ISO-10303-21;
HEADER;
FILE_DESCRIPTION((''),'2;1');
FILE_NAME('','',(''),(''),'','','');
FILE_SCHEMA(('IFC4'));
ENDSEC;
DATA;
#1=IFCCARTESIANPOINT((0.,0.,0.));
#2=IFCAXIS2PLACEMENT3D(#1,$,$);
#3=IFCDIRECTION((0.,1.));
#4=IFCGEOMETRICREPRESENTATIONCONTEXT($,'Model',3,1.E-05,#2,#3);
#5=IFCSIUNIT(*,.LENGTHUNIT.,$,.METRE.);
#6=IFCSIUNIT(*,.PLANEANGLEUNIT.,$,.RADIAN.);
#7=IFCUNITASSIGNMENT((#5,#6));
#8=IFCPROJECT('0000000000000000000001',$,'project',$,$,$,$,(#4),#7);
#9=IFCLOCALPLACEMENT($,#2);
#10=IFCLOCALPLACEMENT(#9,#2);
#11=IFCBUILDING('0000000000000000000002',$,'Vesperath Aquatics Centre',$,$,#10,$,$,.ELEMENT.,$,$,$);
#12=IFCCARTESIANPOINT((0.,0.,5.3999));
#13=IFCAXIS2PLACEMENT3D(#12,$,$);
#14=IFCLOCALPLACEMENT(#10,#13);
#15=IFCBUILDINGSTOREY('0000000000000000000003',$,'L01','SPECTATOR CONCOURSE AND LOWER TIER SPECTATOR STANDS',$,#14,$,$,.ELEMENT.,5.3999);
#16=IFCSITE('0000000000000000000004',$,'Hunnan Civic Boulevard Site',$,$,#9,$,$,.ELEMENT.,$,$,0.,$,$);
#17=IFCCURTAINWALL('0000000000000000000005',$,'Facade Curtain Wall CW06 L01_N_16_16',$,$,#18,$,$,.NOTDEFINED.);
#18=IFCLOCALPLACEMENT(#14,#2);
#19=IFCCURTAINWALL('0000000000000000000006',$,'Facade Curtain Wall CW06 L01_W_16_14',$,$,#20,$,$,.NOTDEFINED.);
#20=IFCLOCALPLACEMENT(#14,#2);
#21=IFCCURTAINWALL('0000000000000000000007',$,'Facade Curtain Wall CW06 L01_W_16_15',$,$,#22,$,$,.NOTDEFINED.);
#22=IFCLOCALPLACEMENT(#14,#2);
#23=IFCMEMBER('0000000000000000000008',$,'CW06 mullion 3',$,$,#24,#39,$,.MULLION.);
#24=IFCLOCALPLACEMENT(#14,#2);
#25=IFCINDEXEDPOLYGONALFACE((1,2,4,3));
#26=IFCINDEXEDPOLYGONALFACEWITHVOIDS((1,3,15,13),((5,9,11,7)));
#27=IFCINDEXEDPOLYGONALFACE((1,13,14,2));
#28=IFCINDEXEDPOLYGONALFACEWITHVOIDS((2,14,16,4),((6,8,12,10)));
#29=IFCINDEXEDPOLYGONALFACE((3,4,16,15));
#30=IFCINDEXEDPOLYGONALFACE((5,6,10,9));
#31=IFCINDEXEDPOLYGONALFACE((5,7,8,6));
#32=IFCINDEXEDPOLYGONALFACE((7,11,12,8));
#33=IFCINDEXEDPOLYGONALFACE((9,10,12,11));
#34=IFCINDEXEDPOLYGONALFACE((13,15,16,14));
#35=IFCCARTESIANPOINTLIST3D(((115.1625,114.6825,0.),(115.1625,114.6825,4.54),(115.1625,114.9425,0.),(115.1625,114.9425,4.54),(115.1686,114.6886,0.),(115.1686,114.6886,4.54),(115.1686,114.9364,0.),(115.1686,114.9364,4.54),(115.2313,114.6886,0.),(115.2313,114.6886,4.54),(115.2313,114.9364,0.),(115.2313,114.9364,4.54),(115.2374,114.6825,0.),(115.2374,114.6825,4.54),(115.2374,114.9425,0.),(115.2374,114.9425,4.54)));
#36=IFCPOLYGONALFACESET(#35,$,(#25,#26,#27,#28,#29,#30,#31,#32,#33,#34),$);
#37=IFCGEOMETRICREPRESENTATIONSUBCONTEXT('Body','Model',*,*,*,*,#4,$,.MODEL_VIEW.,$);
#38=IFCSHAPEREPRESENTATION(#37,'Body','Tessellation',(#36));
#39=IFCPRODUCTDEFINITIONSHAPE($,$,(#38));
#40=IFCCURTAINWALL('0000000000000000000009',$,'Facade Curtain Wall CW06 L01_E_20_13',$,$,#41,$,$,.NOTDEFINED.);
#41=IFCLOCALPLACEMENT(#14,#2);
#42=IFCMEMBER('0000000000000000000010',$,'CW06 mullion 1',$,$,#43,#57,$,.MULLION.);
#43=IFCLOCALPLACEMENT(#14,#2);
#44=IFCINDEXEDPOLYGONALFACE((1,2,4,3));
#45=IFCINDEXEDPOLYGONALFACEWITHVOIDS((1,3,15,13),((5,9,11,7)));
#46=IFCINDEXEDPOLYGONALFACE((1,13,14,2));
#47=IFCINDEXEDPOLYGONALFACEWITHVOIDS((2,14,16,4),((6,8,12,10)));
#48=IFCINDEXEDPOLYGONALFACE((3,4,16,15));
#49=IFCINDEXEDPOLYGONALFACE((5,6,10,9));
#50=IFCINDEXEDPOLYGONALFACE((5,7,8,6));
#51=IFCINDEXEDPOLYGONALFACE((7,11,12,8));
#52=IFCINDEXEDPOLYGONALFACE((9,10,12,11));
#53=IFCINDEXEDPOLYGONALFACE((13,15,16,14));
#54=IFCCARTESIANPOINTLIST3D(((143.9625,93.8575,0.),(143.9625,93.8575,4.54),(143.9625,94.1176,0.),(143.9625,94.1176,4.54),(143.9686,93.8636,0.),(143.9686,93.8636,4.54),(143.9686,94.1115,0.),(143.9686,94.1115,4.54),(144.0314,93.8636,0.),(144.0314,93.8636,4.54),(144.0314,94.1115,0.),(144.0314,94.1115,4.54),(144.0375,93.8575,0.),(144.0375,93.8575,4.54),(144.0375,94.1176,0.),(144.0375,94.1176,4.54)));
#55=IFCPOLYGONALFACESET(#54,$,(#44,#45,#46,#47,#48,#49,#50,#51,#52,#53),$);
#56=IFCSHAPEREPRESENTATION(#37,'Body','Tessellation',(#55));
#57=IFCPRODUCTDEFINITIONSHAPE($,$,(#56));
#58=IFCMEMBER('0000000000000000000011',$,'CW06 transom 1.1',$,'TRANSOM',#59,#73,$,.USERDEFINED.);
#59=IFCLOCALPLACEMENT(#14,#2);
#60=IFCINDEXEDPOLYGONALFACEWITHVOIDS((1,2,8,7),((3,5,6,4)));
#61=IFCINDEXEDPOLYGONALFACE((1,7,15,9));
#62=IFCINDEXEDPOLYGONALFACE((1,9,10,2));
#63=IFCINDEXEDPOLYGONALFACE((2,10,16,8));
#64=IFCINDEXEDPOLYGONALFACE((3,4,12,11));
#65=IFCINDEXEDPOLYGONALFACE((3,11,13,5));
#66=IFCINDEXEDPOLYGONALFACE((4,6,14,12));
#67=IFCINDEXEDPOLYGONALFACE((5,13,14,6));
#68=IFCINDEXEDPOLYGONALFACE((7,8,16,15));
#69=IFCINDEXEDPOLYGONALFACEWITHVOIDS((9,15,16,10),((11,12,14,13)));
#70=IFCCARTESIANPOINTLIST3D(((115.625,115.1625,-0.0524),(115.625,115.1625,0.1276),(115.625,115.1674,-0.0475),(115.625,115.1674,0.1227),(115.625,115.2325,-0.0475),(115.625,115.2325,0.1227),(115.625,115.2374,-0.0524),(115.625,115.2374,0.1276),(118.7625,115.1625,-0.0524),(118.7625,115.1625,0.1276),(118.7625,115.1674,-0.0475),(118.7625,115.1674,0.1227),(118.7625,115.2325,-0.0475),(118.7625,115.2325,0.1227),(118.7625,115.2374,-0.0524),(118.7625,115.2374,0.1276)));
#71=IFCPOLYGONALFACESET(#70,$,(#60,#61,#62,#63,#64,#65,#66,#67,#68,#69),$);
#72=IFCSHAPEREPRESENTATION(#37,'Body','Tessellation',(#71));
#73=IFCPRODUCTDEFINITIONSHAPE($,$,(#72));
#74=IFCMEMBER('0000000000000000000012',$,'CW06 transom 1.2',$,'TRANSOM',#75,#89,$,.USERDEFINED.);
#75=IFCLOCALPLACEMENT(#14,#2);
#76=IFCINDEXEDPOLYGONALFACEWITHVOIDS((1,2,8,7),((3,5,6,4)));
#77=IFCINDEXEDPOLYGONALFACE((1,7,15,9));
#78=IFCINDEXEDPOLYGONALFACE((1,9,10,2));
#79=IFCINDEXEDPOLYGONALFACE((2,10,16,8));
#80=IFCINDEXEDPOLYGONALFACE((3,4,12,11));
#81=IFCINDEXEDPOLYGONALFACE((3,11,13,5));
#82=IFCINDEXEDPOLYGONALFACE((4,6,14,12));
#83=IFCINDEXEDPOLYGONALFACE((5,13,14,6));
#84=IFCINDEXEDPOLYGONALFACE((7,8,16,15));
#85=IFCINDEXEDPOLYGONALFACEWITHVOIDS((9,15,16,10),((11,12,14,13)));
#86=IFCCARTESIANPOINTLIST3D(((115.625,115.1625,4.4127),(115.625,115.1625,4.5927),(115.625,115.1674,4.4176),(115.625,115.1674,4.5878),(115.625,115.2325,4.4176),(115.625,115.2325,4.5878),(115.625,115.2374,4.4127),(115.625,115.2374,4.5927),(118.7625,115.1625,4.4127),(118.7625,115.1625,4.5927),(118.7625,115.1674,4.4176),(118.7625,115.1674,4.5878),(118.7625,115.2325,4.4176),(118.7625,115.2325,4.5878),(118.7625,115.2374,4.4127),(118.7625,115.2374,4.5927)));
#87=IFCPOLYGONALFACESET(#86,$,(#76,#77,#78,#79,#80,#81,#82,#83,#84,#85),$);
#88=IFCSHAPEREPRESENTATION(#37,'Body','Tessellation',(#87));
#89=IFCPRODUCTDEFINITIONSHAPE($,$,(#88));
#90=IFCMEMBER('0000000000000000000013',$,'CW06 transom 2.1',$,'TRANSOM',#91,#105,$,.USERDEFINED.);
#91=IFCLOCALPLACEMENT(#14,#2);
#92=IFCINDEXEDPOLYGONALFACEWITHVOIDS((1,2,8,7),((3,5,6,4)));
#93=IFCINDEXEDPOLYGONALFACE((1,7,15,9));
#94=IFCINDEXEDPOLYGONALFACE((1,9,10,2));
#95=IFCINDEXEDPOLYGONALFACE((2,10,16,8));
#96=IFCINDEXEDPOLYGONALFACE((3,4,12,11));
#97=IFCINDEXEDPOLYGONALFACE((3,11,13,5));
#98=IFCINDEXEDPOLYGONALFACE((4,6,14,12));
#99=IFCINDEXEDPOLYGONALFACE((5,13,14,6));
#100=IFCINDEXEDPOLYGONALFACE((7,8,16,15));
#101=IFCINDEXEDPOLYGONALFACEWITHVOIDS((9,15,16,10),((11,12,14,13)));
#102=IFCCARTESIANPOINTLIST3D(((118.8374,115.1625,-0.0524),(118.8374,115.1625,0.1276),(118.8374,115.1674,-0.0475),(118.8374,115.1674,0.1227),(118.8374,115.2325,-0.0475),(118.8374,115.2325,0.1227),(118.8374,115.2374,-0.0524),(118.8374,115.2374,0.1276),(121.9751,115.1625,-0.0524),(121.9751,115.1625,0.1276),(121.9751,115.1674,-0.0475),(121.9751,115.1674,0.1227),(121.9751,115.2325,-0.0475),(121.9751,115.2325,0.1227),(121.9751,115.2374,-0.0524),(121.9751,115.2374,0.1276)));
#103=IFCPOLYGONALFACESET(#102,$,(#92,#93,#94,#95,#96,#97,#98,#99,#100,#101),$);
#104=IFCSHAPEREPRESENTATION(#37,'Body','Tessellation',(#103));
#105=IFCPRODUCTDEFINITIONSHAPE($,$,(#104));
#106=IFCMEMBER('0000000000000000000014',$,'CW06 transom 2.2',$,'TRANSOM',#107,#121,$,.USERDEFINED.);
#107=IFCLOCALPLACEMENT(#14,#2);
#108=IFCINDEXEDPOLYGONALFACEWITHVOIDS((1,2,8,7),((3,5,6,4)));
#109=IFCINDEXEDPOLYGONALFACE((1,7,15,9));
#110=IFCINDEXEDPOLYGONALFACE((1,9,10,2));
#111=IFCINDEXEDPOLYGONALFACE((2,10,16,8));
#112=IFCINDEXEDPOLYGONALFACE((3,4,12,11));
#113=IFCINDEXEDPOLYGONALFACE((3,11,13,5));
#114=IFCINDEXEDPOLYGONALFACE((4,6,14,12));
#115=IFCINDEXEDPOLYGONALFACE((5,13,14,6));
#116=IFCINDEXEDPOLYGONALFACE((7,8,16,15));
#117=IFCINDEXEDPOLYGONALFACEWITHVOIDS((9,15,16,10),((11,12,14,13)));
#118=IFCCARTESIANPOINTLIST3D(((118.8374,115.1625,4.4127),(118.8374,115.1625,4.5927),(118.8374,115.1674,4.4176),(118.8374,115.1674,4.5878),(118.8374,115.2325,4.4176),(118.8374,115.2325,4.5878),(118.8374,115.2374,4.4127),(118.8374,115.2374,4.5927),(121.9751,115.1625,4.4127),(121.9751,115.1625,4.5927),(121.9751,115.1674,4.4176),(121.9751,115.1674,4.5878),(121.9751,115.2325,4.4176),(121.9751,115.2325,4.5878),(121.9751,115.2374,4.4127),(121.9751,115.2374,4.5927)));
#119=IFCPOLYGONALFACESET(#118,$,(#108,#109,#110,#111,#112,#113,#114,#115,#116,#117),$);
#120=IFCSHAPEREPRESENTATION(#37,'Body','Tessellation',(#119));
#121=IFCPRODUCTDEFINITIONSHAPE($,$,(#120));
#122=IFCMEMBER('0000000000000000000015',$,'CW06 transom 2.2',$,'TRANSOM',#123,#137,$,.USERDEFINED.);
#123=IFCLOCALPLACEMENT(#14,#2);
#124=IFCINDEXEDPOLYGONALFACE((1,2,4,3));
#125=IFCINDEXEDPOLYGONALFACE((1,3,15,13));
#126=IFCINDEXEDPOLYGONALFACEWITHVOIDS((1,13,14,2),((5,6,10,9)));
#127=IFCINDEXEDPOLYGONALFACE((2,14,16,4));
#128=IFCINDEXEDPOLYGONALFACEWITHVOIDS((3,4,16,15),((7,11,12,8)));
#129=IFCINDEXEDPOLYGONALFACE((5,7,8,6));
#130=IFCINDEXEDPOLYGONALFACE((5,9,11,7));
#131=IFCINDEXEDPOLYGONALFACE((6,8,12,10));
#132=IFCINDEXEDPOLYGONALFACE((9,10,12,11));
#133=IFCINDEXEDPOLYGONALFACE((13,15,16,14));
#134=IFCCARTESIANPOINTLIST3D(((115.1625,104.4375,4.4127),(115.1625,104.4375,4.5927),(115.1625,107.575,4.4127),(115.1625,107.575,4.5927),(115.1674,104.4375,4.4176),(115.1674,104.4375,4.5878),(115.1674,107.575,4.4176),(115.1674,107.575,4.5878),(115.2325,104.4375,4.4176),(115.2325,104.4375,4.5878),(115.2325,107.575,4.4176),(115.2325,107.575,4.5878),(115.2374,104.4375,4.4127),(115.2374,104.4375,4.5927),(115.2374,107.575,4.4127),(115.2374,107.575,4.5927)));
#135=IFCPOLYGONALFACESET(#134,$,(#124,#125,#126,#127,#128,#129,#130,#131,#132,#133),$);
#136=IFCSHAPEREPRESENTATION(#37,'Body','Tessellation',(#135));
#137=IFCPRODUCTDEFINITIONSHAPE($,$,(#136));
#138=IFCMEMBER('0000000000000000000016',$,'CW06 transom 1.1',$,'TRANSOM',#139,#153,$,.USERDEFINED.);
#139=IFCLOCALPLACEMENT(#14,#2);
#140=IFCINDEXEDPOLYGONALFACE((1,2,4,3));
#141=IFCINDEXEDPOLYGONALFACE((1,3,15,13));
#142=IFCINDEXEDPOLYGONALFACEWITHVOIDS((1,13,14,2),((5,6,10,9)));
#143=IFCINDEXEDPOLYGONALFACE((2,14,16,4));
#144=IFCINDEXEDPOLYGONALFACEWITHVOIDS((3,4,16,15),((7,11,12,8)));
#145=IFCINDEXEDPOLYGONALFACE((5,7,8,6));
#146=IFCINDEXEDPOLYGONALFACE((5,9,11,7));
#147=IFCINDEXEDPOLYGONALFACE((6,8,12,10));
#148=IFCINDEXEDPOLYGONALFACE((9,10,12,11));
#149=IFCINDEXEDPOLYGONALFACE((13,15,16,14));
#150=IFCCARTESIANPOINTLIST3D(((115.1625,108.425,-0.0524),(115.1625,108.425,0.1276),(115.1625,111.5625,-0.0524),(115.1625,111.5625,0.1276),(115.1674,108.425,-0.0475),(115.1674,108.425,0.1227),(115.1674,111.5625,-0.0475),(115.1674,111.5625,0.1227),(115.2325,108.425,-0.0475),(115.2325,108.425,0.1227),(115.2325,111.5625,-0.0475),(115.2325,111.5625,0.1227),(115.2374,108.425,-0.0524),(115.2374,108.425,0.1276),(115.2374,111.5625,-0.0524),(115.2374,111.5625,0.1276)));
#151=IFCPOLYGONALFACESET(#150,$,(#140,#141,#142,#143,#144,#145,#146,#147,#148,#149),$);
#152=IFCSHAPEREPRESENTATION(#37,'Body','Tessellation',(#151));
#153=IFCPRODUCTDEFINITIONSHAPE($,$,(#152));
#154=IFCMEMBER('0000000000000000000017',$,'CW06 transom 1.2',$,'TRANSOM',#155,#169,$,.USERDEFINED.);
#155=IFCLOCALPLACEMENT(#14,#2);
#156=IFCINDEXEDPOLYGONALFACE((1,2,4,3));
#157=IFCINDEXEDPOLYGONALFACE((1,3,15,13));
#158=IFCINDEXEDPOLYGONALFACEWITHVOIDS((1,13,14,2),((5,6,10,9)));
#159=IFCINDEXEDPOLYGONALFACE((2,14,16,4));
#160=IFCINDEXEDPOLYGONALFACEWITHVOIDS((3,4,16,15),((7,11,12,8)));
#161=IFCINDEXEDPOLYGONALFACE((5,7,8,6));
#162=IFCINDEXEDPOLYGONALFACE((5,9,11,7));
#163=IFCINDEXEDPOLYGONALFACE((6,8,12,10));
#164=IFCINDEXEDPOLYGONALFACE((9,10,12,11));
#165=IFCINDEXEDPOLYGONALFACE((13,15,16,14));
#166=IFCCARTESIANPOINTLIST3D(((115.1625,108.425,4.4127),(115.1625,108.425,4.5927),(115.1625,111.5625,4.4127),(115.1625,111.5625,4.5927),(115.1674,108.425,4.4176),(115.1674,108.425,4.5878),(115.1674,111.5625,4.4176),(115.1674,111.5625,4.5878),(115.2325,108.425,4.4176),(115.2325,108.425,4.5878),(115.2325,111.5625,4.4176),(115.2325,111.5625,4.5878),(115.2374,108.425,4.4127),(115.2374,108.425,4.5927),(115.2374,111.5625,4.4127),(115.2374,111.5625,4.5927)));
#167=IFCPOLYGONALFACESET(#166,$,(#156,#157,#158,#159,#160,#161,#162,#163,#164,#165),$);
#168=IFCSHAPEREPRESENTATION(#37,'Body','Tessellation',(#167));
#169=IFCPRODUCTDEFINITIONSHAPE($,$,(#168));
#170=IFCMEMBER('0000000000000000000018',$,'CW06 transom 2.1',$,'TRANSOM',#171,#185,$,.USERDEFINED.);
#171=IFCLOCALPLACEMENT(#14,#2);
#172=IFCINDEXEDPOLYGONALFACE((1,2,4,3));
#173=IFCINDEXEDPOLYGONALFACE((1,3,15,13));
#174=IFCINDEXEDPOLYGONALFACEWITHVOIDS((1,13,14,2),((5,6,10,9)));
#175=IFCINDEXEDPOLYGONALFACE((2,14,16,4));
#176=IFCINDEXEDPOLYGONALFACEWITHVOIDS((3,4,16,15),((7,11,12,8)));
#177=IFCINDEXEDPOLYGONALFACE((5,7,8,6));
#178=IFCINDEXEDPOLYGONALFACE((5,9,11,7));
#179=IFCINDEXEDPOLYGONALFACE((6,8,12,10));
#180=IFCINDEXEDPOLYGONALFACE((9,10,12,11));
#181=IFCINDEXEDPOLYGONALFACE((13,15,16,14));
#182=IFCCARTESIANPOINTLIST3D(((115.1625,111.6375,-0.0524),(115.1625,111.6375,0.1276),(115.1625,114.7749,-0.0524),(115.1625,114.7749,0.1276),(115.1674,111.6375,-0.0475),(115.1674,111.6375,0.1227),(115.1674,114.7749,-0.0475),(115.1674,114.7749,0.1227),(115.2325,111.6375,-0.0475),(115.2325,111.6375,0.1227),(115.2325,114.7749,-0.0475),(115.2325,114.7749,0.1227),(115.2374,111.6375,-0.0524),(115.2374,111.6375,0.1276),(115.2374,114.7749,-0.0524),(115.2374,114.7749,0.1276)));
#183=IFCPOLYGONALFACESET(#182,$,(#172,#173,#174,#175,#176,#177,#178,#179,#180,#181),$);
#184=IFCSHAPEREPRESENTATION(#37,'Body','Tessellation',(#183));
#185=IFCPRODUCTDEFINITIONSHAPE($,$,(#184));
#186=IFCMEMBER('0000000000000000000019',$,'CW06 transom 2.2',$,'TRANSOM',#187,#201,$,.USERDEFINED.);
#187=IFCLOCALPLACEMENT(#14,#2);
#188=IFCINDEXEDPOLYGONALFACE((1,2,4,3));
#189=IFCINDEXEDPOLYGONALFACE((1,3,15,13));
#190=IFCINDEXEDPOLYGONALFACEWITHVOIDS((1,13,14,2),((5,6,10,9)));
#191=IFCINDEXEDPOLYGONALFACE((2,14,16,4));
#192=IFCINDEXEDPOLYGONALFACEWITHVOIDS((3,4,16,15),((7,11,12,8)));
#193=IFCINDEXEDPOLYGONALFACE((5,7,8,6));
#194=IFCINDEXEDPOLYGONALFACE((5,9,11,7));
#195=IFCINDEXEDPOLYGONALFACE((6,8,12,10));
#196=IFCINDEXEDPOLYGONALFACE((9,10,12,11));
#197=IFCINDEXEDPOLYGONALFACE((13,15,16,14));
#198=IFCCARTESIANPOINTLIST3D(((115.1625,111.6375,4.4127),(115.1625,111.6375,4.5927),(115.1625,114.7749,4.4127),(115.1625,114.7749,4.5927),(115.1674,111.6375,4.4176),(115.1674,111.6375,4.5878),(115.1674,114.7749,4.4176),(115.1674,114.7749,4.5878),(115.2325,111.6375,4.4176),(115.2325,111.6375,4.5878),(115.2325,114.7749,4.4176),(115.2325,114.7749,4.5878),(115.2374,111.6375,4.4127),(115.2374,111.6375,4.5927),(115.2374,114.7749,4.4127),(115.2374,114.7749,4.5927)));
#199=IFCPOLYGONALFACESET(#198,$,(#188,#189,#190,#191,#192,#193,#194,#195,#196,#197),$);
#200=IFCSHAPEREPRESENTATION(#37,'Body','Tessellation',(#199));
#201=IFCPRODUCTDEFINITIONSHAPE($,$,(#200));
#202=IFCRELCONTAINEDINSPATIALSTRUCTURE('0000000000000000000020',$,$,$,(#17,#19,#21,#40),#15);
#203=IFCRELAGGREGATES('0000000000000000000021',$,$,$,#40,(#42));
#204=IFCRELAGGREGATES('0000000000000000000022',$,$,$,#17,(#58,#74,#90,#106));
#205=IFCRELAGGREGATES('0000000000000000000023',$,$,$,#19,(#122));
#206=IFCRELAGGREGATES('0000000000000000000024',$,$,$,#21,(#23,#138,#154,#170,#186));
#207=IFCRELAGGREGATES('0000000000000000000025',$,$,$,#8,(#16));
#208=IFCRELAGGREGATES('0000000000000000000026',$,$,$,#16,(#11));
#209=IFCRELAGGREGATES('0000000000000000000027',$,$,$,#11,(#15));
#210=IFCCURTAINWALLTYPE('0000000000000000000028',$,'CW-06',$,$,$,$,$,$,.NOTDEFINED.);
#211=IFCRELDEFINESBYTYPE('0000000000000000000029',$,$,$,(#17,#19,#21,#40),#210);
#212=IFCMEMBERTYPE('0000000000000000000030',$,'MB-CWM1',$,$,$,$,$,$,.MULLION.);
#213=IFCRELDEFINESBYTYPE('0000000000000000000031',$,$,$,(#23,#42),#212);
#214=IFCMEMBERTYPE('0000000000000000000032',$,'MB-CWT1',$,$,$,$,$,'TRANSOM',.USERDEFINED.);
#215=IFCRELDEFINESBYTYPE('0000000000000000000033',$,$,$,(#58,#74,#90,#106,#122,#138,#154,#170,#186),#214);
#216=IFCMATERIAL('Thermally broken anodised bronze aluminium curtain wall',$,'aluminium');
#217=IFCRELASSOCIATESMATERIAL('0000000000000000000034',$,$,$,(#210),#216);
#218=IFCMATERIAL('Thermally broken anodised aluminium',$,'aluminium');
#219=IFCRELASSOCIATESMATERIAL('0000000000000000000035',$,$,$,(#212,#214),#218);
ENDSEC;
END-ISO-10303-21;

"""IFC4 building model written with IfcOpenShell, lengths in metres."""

from ifc_helpers import new_model, si_unit, direction, frame, origin, origin_2d, place, context, subcontext, project, spatial, hollow_rectangle, extrude, material, material_profile, profile_set, type_object, element, aggregate, save


model = new_model("IFC4")

# Units and contexts
model_context = context("Model", 3, precision=1e-05, world=origin(), true_north=direction((0.0, 1.0)))
body_context = subcontext(model_context, "Body", "Model", "MODEL_VIEW")
ifc_project = project(units=[si_unit("LENGTHUNIT", "METRE"), si_unit("PLANEANGLEUNIT", "RADIAN")], contexts=[model_context])

# Site, building, storey
site_placement = place(None, origin())
site = spatial("IfcSite", under=ifc_project, at=site_placement, Name="Hunnan Civic Boulevard Site", CompositionType="ELEMENT", RefElevation=0.0)
building_placement = place(site_placement, origin())
building = spatial("IfcBuilding", under=site, at=building_placement, Name="Vesperath Aquatics Centre", CompositionType="ELEMENT")
storey_placement = place(building_placement, frame((0.0, 0.0, 5.3999)))
storey = spatial("IfcBuildingStorey", under=building, at=storey_placement, Name="L01", Description="SPECTATOR CONCOURSE AND LOWER TIER SPECTATOR STANDS", CompositionType="ELEMENT", Elevation=5.3999)

# Curtain wall
ifc_material_1 = material(Name="Thermally broken anodised bronze aluminium curtain wall", Category="aluminium")
curtain_wall_type = type_object("IfcCurtainWallType", Name="CW-06", PredefinedType="NOTDEFINED", material=ifc_material_1)
curtain_wall_1_placement = place(storey_placement, origin())
curtain_wall_1 = element("IfcCurtainWall", 1, at=curtain_wall_1_placement, inside=storey, type_object=curtain_wall_type, Name="Facade Curtain Wall CW06 L01_N_16_16", PredefinedType="NOTDEFINED")
ifc_material_2 = material(Name="Thermally broken anodised aluminium", Category="aluminium")
ifc_material_profile_1 = material_profile(ifc_material_2, hollow_rectangle(XDim=0.075, YDim=0.26, WallThickness=0.0061, at=origin_2d()), Name="CWM 75x260x6")
ifc_profile_set_1 = profile_set([ifc_material_profile_1], Name="Thermally broken anodised aluminium")
member_type_1 = type_object("IfcMemberType", Name="MB-CWM1", PredefinedType="MULLION", material=ifc_profile_set_1)

# Curtain wall
curtain_wall_2_placement = place(storey_placement, origin())
curtain_wall_2 = element("IfcCurtainWall", 2, at=curtain_wall_2_placement, inside=storey, type_object=curtain_wall_type, Name="Facade Curtain Wall CW06 L01_W_16_14", PredefinedType="NOTDEFINED")

# Curtain wall, member
curtain_wall_3_placement = place(storey_placement, origin())
curtain_wall_3 = element("IfcCurtainWall", 3, at=curtain_wall_3_placement, inside=storey, type_object=curtain_wall_type, Name="Facade Curtain Wall CW06 L01_W_16_15", PredefinedType="NOTDEFINED")
member_1_placement = place(storey_placement, frame((115.2, 114.8125, 0.0), z_axis=(0.0, 0.0, 1.0), x_axis=(-1.0, 0.0, 0.0)))
member_1 = element("IfcMember", 4, at=member_1_placement, type_object=member_type_1, Name="CW06 mullion 3", PredefinedType="MULLION", context=body_context, shape_type="SweptSolid", body=[
    extrude(hollow_rectangle(XDim=0.075, YDim=0.26, WallThickness=0.0061, at=origin_2d()), origin(), (0.0, 0.0, 1.0), 4.54),
])

# Curtain wall, member
curtain_wall_4_placement = place(storey_placement, origin())
curtain_wall_4 = element("IfcCurtainWall", 5, at=curtain_wall_4_placement, inside=storey, type_object=curtain_wall_type, Name="Facade Curtain Wall CW06 L01_E_20_13", PredefinedType="NOTDEFINED")
member_2_placement = place(storey_placement, frame((144.0, 93.9875, 0.0), z_axis=(0.0, 0.0, 1.0), x_axis=(-1.0, 0.0, 0.0)))
member_2 = element("IfcMember", 6, at=member_2_placement, type_object=member_type_1, Name="CW06 mullion 1", PredefinedType="MULLION", context=body_context, shape_type="SweptSolid", body=[
    extrude(hollow_rectangle(XDim=0.075, YDim=0.26, WallThickness=0.0061, at=origin_2d()), origin(), (0.0, 0.0, 1.0), 4.54),
])
aggregate(curtain_wall_4, [member_2])

# Members
ifc_material_profile_2 = material_profile(ifc_material_2, hollow_rectangle(XDim=0.075, YDim=0.1799, WallThickness=0.0049, at=origin_2d()), Name="CWT 75x180x5")
ifc_profile_set_2 = profile_set([ifc_material_profile_2], Name="Thermally broken anodised aluminium")
member_type_2 = type_object("IfcMemberType", Name="MB-CWT1", ElementType="TRANSOM", PredefinedType="USERDEFINED", material=ifc_profile_set_2)
member_3_placement = place(storey_placement, frame((115.625, 115.2, 0.0376), z_axis=(1.0, 0.0, 0.0), x_axis=(0.0, 1.0, 0.0)))
member_3 = element("IfcMember", 7, at=member_3_placement, type_object=member_type_2, Name="CW06 transom 1.1", ObjectType="TRANSOM", PredefinedType="USERDEFINED", context=body_context, shape_type="SweptSolid", body=[
    extrude(hollow_rectangle(XDim=0.075, YDim=0.1799, WallThickness=0.0049, at=origin_2d()), origin(), (0.0, 0.0, 1.0), 3.1375),
])
member_4_placement = place(storey_placement, frame((115.625, 115.2, 4.5027), z_axis=(1.0, 0.0, 0.0), x_axis=(0.0, 1.0, 0.0)))
member_4 = element("IfcMember", 8, at=member_4_placement, type_object=member_type_2, Name="CW06 transom 1.2", ObjectType="TRANSOM", PredefinedType="USERDEFINED", context=body_context, shape_type="SweptSolid", body=[
    extrude(hollow_rectangle(XDim=0.075, YDim=0.1799, WallThickness=0.0049, at=origin_2d()), origin(), (0.0, 0.0, 1.0), 3.1375),
])
member_5_placement = place(storey_placement, frame((118.8374, 115.2, 0.0376), z_axis=(1.0, 0.0, 0.0), x_axis=(0.0, 1.0, 0.0)))
member_5 = element("IfcMember", 9, at=member_5_placement, type_object=member_type_2, Name="CW06 transom 2.1", ObjectType="TRANSOM", PredefinedType="USERDEFINED", context=body_context, shape_type="SweptSolid", body=[
    extrude(hollow_rectangle(XDim=0.075, YDim=0.1799, WallThickness=0.0049, at=origin_2d()), origin(), (0.0, 0.0, 1.0), 3.1377),
])
member_6_placement = place(storey_placement, frame((118.8374, 115.2, 4.5027), z_axis=(1.0, 0.0, 0.0), x_axis=(0.0, 1.0, 0.0)))
member_6 = element("IfcMember", 10, at=member_6_placement, type_object=member_type_2, Name="CW06 transom 2.2", ObjectType="TRANSOM", PredefinedType="USERDEFINED", context=body_context, shape_type="SweptSolid", body=[
    extrude(hollow_rectangle(XDim=0.075, YDim=0.1799, WallThickness=0.0049, at=origin_2d()), origin(), (0.0, 0.0, 1.0), 3.1377),
])
member_7_placement = place(storey_placement, frame((115.2, 104.4375, 4.5027), z_axis=(0.0, 1.0, 0.0), x_axis=(-1.0, 0.0, 0.0)))
member_7 = element("IfcMember", 11, at=member_7_placement, type_object=member_type_2, Name="CW06 transom 2.2", ObjectType="TRANSOM", PredefinedType="USERDEFINED", context=body_context, shape_type="SweptSolid", body=[
    extrude(hollow_rectangle(XDim=0.075, YDim=0.1799, WallThickness=0.0049, at=origin_2d()), origin(), (0.0, 0.0, 1.0), 3.1375),
])
member_8_placement = place(storey_placement, frame((115.2, 108.425, 0.0376), z_axis=(0.0, 1.0, 0.0), x_axis=(-1.0, 0.0, 0.0)))
member_8 = element("IfcMember", 12, at=member_8_placement, type_object=member_type_2, Name="CW06 transom 1.1", ObjectType="TRANSOM", PredefinedType="USERDEFINED", context=body_context, shape_type="SweptSolid", body=[
    extrude(hollow_rectangle(XDim=0.075, YDim=0.1799, WallThickness=0.0049, at=origin_2d()), origin(), (0.0, 0.0, 1.0), 3.1375),
])
member_9_placement = place(storey_placement, frame((115.2, 108.425, 4.5027), z_axis=(0.0, 1.0, 0.0), x_axis=(-1.0, 0.0, 0.0)))
member_9 = element("IfcMember", 13, at=member_9_placement, type_object=member_type_2, Name="CW06 transom 1.2", ObjectType="TRANSOM", PredefinedType="USERDEFINED", context=body_context, shape_type="SweptSolid", body=[
    extrude(hollow_rectangle(XDim=0.075, YDim=0.1799, WallThickness=0.0049, at=origin_2d()), origin(), (0.0, 0.0, 1.0), 3.1375),
])
member_10_placement = place(storey_placement, frame((115.2, 111.6375, 0.0376), z_axis=(0.0, 1.0, 0.0), x_axis=(-1.0, 0.0, 0.0)))
member_10 = element("IfcMember", 14, at=member_10_placement, type_object=member_type_2, Name="CW06 transom 2.1", ObjectType="TRANSOM", PredefinedType="USERDEFINED", context=body_context, shape_type="SweptSolid", body=[
    extrude(hollow_rectangle(XDim=0.075, YDim=0.1799, WallThickness=0.0049, at=origin_2d()), origin(), (0.0, 0.0, 1.0), 3.1375),
])
member_11_placement = place(storey_placement, frame((115.2, 111.6375, 4.5027), z_axis=(0.0, 1.0, 0.0), x_axis=(-1.0, 0.0, 0.0)))
member_11 = element("IfcMember", 15, at=member_11_placement, type_object=member_type_2, Name="CW06 transom 2.2", ObjectType="TRANSOM", PredefinedType="USERDEFINED", context=body_context, shape_type="SweptSolid", body=[
    extrude(hollow_rectangle(XDim=0.075, YDim=0.1799, WallThickness=0.0049, at=origin_2d()), origin(), (0.0, 0.0, 1.0), 3.1375),
])

aggregate(curtain_wall_1, [member_3, member_4, member_5, member_6])
aggregate(curtain_wall_2, [member_7])
aggregate(curtain_wall_3, [member_1, member_8, member_9, member_10, member_11])

save(model, "model.ifc")
